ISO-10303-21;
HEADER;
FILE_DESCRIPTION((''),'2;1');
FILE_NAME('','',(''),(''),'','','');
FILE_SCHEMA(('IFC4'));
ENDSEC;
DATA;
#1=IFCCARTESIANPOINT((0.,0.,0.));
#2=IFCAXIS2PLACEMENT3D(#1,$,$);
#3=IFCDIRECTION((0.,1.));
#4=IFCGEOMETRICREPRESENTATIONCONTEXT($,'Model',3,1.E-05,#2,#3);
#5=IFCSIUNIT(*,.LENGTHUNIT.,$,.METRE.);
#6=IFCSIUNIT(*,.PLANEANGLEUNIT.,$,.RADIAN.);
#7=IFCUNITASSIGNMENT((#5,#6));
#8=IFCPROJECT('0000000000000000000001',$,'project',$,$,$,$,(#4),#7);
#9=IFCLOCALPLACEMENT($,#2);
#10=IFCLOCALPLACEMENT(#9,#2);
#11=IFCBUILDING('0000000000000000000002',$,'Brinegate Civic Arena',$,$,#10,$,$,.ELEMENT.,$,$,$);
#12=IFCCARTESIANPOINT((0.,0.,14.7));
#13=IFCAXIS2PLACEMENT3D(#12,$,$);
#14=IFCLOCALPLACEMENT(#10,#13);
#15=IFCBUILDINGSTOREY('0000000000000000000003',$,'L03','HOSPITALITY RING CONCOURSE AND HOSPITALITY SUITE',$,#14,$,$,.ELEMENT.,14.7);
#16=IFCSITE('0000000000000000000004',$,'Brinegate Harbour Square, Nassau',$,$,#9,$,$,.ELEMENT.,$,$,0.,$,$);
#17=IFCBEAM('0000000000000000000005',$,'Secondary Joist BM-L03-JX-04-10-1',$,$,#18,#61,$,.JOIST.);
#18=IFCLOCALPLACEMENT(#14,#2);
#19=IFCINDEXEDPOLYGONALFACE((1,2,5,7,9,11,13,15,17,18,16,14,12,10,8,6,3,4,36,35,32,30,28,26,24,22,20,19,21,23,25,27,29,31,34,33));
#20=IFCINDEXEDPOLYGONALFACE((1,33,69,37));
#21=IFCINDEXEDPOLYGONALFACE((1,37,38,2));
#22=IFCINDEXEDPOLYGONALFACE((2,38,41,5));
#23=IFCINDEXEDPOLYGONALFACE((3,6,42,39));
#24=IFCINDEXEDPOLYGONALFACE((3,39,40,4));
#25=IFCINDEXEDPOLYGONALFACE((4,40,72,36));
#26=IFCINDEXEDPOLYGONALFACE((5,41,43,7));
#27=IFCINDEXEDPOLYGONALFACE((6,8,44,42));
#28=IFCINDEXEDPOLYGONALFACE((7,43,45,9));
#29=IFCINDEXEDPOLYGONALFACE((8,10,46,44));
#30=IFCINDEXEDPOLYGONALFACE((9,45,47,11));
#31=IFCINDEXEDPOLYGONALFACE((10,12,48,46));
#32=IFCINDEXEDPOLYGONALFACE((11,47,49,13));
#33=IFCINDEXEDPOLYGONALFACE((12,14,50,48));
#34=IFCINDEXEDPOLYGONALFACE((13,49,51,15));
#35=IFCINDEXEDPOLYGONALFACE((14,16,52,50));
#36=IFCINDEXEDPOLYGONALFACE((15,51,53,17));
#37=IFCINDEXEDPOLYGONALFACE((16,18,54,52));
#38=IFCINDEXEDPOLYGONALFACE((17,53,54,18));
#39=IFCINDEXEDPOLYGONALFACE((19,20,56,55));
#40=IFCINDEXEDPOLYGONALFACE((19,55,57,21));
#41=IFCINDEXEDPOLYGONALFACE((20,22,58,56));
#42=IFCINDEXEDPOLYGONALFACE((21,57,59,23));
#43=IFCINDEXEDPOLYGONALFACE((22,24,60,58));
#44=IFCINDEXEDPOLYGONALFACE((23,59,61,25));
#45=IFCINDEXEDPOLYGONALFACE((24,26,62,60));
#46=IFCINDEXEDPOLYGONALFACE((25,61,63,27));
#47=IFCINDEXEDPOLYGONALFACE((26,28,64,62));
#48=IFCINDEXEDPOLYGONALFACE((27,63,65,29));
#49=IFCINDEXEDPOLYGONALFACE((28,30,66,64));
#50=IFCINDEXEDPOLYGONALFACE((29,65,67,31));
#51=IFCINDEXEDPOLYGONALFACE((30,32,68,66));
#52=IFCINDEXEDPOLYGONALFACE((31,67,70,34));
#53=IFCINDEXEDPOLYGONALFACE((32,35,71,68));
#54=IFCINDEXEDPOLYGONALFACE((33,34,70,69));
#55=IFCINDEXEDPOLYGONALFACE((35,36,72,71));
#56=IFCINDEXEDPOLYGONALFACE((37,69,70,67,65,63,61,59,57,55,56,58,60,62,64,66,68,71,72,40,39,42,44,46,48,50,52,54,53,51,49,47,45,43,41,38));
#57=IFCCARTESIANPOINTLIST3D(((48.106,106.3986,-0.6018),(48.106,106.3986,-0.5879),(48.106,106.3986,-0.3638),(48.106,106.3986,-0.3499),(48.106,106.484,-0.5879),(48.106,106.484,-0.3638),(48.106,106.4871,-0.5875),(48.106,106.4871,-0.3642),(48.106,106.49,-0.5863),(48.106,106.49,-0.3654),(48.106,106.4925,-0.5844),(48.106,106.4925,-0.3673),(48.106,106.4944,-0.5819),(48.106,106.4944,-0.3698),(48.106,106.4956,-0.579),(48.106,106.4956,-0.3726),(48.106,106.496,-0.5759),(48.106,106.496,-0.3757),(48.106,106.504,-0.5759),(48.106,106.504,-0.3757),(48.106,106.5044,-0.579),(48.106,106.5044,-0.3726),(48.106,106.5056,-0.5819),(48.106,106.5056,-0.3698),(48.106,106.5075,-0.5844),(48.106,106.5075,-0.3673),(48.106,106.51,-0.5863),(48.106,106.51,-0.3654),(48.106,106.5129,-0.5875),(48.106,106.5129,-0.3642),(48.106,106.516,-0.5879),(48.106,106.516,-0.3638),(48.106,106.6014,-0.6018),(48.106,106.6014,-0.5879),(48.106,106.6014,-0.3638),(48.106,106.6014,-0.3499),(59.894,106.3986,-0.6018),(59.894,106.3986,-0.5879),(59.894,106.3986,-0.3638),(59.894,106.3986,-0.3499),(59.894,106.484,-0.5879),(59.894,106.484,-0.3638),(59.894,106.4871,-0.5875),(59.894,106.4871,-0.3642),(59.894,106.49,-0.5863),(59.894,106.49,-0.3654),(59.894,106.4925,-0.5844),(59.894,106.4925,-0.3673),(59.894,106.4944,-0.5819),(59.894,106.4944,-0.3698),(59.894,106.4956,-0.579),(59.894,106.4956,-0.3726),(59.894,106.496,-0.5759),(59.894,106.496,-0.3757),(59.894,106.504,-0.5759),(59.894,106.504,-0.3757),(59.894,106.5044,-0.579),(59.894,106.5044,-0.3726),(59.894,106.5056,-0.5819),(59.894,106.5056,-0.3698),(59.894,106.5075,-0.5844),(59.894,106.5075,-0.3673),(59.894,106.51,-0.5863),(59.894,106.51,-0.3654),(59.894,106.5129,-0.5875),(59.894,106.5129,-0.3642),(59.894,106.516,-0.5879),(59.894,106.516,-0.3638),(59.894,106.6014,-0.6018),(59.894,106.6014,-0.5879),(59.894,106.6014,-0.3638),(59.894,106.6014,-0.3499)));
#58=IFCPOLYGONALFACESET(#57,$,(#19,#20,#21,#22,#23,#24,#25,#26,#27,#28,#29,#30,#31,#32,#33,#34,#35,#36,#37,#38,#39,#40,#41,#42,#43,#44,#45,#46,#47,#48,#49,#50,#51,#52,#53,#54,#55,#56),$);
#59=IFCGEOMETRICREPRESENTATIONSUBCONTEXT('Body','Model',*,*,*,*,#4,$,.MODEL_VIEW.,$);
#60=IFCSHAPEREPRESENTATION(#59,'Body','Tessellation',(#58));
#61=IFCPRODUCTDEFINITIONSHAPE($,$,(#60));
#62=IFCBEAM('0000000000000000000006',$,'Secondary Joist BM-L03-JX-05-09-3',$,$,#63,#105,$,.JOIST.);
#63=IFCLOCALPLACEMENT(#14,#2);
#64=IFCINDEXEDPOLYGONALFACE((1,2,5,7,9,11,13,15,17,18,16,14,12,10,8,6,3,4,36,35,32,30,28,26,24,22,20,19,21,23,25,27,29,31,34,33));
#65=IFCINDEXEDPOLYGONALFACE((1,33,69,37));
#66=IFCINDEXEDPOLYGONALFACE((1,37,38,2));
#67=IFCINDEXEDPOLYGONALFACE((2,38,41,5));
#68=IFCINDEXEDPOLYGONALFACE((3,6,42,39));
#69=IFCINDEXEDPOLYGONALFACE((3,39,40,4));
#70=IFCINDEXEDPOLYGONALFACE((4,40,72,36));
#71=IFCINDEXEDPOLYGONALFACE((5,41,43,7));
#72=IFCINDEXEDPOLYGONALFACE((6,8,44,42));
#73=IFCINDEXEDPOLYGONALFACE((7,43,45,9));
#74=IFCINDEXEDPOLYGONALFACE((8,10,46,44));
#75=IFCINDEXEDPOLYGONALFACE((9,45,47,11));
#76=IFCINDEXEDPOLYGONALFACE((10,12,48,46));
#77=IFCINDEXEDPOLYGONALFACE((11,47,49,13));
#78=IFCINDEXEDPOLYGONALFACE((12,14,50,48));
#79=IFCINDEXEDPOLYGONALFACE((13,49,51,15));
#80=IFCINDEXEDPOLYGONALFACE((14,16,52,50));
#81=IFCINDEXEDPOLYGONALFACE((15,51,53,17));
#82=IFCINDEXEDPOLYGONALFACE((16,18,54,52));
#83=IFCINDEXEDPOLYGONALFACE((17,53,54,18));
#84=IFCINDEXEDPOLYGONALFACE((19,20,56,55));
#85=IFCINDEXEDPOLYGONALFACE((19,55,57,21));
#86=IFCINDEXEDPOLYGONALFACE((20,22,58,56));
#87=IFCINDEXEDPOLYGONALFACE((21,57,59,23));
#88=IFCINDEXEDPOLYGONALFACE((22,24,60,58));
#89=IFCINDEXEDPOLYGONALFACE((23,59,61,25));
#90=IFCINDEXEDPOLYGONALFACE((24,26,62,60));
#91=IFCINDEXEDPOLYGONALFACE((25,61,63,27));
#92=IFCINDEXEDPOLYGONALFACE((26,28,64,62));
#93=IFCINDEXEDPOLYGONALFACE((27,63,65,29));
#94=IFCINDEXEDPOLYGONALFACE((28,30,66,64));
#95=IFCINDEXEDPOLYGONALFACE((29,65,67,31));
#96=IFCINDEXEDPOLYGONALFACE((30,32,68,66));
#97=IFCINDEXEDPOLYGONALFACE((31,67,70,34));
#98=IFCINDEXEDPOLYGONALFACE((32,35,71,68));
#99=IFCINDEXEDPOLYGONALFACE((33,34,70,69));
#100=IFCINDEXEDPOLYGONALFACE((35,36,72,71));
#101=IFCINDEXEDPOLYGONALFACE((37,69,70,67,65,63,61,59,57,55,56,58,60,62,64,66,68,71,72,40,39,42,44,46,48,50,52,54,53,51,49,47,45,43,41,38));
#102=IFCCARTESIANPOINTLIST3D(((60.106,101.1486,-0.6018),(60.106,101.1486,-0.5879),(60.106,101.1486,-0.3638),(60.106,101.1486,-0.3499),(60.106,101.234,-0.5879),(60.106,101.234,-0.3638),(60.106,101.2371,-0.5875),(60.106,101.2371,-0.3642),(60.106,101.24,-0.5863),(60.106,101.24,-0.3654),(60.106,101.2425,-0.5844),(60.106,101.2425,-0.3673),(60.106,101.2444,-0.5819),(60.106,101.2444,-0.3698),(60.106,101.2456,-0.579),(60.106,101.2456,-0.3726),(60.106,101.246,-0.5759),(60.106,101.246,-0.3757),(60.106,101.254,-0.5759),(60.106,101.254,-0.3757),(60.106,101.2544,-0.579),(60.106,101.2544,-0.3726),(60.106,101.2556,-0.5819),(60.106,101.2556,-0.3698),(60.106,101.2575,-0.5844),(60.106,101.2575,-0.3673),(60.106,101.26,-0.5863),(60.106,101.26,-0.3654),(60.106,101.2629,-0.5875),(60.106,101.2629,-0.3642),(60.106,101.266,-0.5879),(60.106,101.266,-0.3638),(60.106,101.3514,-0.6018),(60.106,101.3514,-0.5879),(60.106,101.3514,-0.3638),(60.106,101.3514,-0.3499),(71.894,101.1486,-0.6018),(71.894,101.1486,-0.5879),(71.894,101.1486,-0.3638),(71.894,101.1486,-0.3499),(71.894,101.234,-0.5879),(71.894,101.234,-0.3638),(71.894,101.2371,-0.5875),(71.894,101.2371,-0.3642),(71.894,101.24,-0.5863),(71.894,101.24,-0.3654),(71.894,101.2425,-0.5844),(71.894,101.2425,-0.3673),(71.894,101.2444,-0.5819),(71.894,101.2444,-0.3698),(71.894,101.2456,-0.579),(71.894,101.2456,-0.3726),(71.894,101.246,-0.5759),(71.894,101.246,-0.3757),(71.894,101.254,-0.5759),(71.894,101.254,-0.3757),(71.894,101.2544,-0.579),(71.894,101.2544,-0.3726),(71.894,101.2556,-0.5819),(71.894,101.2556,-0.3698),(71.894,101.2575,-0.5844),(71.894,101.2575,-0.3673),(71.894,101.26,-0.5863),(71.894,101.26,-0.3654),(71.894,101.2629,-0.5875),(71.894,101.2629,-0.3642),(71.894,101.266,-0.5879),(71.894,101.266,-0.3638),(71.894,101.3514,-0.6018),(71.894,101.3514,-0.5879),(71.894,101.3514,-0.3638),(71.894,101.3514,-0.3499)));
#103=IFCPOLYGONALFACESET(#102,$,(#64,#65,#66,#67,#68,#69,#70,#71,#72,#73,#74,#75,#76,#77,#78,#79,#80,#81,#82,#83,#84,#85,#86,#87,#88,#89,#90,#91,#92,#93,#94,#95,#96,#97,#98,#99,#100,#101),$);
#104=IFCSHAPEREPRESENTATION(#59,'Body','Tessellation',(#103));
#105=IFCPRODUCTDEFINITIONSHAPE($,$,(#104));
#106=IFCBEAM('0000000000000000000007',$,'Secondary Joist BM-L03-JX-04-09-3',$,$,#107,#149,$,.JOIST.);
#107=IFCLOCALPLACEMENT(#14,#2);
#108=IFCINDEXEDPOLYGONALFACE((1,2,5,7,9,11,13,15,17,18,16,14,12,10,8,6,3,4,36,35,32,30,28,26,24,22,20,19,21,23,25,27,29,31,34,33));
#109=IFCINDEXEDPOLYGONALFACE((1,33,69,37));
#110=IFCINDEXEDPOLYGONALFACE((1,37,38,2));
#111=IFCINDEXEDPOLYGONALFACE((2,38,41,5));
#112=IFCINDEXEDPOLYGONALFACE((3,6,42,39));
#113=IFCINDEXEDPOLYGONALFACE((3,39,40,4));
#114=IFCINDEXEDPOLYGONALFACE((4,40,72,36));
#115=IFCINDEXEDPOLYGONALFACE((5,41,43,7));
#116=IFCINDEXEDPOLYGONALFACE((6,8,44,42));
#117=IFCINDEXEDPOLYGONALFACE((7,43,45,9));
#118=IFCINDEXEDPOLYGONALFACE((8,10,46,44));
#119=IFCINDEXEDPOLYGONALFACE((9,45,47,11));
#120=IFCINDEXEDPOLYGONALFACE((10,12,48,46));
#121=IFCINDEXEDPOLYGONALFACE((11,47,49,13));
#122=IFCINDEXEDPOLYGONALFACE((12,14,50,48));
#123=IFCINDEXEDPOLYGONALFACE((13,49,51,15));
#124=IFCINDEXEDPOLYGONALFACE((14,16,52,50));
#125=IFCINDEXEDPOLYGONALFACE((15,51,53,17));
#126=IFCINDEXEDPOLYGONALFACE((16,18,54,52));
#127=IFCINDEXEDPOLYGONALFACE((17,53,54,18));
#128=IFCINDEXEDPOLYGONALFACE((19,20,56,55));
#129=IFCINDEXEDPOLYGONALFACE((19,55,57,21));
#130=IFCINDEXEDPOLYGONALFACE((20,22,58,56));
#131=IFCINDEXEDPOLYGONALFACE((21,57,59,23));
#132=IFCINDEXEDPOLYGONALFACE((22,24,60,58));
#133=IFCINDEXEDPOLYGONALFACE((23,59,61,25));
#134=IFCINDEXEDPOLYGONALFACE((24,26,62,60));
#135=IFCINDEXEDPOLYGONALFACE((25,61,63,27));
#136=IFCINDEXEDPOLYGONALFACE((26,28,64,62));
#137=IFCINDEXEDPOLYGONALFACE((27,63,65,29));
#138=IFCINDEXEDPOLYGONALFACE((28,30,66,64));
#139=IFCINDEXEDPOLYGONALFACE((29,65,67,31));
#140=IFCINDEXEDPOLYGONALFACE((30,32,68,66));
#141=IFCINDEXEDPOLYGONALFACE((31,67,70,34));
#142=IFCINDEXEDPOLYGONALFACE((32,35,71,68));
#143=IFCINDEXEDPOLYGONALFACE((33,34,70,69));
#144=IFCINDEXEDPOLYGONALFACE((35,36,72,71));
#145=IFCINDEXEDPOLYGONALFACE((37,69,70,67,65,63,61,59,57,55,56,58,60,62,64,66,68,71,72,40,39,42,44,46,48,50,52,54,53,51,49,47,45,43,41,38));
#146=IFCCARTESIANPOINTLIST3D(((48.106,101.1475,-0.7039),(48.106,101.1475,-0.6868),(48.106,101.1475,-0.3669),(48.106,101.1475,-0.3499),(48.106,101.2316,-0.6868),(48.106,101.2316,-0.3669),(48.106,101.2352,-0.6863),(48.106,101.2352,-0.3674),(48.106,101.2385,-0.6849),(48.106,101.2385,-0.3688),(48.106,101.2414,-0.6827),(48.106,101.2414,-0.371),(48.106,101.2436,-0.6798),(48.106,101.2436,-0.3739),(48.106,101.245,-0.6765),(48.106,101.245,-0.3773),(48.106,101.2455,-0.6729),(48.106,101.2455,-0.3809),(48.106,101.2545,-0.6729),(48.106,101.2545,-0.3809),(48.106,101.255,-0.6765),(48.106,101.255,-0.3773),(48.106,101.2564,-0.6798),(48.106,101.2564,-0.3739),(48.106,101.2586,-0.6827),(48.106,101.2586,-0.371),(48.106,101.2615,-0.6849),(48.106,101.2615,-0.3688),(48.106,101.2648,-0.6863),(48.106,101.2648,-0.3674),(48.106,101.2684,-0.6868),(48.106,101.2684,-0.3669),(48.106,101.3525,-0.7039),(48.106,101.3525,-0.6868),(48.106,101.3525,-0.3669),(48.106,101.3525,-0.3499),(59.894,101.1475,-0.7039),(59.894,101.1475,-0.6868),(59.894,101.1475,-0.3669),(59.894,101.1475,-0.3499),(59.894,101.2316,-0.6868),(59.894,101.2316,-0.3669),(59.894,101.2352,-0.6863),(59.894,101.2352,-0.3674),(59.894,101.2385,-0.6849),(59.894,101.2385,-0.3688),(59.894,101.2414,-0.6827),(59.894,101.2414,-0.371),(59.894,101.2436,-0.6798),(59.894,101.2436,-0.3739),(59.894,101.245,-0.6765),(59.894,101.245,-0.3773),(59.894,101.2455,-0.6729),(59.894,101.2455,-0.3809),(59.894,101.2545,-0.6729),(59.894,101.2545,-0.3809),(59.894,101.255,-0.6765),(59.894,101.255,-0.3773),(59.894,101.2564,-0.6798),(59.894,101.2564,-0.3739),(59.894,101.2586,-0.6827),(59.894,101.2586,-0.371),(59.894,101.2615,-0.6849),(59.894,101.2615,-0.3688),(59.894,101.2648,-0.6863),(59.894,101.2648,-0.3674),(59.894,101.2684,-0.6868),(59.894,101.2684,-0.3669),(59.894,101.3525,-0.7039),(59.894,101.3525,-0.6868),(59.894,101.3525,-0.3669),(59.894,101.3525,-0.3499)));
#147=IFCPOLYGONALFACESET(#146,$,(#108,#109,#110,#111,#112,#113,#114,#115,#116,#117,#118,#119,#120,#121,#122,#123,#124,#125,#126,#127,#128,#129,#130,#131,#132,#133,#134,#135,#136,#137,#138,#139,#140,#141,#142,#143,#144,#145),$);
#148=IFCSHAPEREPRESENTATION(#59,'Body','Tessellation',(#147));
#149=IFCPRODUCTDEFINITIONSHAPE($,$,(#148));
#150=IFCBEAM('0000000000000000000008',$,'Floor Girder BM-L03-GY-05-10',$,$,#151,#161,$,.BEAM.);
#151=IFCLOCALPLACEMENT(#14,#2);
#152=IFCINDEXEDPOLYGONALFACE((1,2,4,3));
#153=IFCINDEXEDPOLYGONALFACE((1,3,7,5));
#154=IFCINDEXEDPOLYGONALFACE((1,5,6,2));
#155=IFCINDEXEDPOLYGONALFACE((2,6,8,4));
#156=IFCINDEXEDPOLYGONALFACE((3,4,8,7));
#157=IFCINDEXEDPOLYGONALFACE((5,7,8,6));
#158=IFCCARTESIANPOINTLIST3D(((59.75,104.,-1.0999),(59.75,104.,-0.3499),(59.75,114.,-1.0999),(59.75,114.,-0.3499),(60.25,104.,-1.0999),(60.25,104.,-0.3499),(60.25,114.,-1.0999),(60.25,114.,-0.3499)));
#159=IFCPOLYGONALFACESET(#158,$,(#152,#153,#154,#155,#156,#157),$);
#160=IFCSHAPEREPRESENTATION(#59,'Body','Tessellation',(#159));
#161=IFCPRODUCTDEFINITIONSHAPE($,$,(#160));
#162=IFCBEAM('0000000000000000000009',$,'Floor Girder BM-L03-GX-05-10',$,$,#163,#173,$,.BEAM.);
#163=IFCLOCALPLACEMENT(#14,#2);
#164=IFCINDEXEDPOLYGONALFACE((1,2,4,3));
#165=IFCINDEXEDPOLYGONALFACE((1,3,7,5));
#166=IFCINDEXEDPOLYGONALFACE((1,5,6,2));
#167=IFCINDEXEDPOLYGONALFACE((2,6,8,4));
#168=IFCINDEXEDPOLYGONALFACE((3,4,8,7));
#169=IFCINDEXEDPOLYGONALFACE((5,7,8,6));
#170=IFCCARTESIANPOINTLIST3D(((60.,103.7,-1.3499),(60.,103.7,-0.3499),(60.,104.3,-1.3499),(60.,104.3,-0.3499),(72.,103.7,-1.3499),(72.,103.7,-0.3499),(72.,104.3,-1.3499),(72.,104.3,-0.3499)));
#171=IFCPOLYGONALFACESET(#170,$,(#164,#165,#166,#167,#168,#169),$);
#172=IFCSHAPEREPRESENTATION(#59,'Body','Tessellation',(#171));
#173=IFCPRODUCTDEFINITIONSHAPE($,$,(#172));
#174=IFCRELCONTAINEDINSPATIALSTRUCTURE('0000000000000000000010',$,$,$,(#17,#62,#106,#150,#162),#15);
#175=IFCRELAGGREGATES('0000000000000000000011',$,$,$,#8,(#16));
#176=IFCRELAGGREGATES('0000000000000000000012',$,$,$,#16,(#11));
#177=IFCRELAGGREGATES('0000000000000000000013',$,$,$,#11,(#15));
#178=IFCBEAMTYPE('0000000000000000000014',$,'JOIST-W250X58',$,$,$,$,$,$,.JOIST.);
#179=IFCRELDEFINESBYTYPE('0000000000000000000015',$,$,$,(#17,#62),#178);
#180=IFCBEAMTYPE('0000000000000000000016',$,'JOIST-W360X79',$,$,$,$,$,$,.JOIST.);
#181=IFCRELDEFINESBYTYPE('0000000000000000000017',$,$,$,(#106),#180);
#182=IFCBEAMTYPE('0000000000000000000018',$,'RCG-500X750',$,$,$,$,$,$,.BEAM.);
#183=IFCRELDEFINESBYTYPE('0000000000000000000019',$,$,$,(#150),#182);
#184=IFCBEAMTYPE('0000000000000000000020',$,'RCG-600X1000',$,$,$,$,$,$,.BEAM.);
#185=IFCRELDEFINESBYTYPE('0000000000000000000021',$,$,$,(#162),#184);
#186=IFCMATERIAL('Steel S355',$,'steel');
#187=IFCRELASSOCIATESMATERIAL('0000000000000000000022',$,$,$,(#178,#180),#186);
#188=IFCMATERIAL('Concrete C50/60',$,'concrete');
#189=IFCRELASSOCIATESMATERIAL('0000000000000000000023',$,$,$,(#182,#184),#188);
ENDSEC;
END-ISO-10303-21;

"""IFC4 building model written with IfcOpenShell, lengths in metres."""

from ifc_helpers import new_model, si_unit, direction, frame, origin, origin_2d, place, context, subcontext, project, spatial, rectangle, i_section, extrude, material, material_profile, profile_set, type_object, element, save


model = new_model("IFC4")

# Units and contexts
model_context = context("Model", 3, precision=1e-05, world=origin(), true_north=direction((0.0, 1.0)))
body_context = subcontext(model_context, "Body", "Model", "MODEL_VIEW")
ifc_project = project(units=[si_unit("LENGTHUNIT", "METRE"), si_unit("PLANEANGLEUNIT", "RADIAN")], contexts=[model_context])

# Site, building, storey
site_placement = place(None, origin())
site = spatial("IfcSite", under=ifc_project, at=site_placement, Name="Brinegate Harbour Square, Nassau", CompositionType="ELEMENT", RefElevation=0.0)
building_placement = place(site_placement, origin())
building = spatial("IfcBuilding", under=site, at=building_placement, Name="Brinegate Civic Arena", CompositionType="ELEMENT")
storey_placement = place(building_placement, frame((0.0, 0.0, 14.7)))
storey = spatial("IfcBuildingStorey", under=building, at=storey_placement, Name="L03", Description="HOSPITALITY RING CONCOURSE AND HOSPITALITY SUITE", CompositionType="ELEMENT", Elevation=14.7)

# Shared definitions
ifc_material_1 = material(Name="Concrete C50/60", Category="concrete")

# Beams
ifc_material_2 = material(Name="Steel S355", Category="steel")
ifc_material_profile_1 = material_profile(ifc_material_2, i_section(OverallWidth=0.2029, OverallDepth=0.252, WebThickness=0.0081, FlangeThickness=0.0139, FilletRadius=0.012, at=origin_2d()), Name="W250X58")
ifc_profile_set_1 = profile_set([ifc_material_profile_1], Name="Steel S355")
beam_type_1 = type_object("IfcBeamType", Name="JOIST-W250X58", PredefinedType="JOIST", material=ifc_profile_set_1)
for number, where, z_axis, x_axis, name in (
    (1, (48.106, 106.5, -0.4758), (1.0, 0.0, 0.0), (0.0, 1.0, 0.0), "Secondary Joist BM-L03-JX-04-10-1"),
    (2, (60.106, 101.25, -0.4758), (1.0, 0.0, 0.0), (0.0, 1.0, 0.0), "Secondary Joist BM-L03-JX-05-09-3"),
):
    element("IfcBeam", number, at=place(storey_placement, frame(where, z_axis=z_axis, x_axis=x_axis)), inside=storey, type_object=beam_type_1, Name=name, PredefinedType="JOIST", context=body_context, shape_type="SweptSolid", body=[
        extrude(i_section(OverallWidth=0.2029, OverallDepth=0.252, WebThickness=0.0081, FlangeThickness=0.0139, FilletRadius=0.012, at=origin_2d()), origin(), (0.0, 0.0, 1.0), 11.7881),
    ])
ifc_material_profile_2 = material_profile(ifc_material_2, i_section(OverallWidth=0.2051, OverallDepth=0.354, WebThickness=0.009, FlangeThickness=0.0171, FilletRadius=0.0139, at=origin_2d()), Name="W360X79")
ifc_profile_set_2 = profile_set([ifc_material_profile_2], Name="Steel S355")
beam_type_2 = type_object("IfcBeamType", Name="JOIST-W360X79", PredefinedType="JOIST", material=ifc_profile_set_2)
beam_1_placement = place(storey_placement, frame((48.106, 101.25, -0.5269), z_axis=(1.0, 0.0, 0.0), x_axis=(0.0, 1.0, 0.0)))
element("IfcBeam", 3, at=beam_1_placement, inside=storey, type_object=beam_type_2, Name="Secondary Joist BM-L03-JX-04-09-3", PredefinedType="JOIST", context=body_context, shape_type="SweptSolid", body=[
    extrude(i_section(OverallWidth=0.2051, OverallDepth=0.354, WebThickness=0.009, FlangeThickness=0.0171, FilletRadius=0.0139, at=origin_2d()), origin(), (0.0, 0.0, 1.0), 11.7881),
])
ifc_material_profile_3 = material_profile(ifc_material_1, rectangle(XDim=0.5, YDim=0.75, at=origin_2d()), Name="RCB500X750")
ifc_profile_set_3 = profile_set([ifc_material_profile_3], Name="Concrete C50/60")
beam_type_3 = type_object("IfcBeamType", Name="RCG-500X750", PredefinedType="BEAM", material=ifc_profile_set_3)
beam_2_placement = place(storey_placement, frame((60.0, 104.0, -0.7249), z_axis=(0.0, 1.0, 0.0), x_axis=(-1.0, 0.0, 0.0)))
element("IfcBeam", 4, at=beam_2_placement, inside=storey, type_object=beam_type_3, Name="Floor Girder BM-L03-GY-05-10", PredefinedType="BEAM", context=body_context, shape_type="SweptSolid", body=[
    extrude(rectangle(XDim=0.5, YDim=0.75, at=origin_2d()), origin(), (0.0, 0.0, 1.0), 10.0),
])
ifc_material_profile_4 = material_profile(ifc_material_1, rectangle(XDim=0.6001, YDim=1.0, at=origin_2d()), Name="RCB600X1000")
ifc_profile_set_4 = profile_set([ifc_material_profile_4], Name="Concrete C50/60")
beam_type_4 = type_object("IfcBeamType", Name="RCG-600X1000", PredefinedType="BEAM", material=ifc_profile_set_4)
beam_3_placement = place(storey_placement, frame((60.0, 104.0, -0.8499), z_axis=(1.0, 0.0, 0.0), x_axis=(0.0, 1.0, 0.0)))
element("IfcBeam", 5, at=beam_3_placement, inside=storey, type_object=beam_type_4, Name="Floor Girder BM-L03-GX-05-10", PredefinedType="BEAM", context=body_context, shape_type="SweptSolid", body=[
    extrude(rectangle(XDim=0.6001, YDim=1.0, at=origin_2d()), origin(), (0.0, 0.0, 1.0), 12.0),
])

save(model, "model.ifc")
